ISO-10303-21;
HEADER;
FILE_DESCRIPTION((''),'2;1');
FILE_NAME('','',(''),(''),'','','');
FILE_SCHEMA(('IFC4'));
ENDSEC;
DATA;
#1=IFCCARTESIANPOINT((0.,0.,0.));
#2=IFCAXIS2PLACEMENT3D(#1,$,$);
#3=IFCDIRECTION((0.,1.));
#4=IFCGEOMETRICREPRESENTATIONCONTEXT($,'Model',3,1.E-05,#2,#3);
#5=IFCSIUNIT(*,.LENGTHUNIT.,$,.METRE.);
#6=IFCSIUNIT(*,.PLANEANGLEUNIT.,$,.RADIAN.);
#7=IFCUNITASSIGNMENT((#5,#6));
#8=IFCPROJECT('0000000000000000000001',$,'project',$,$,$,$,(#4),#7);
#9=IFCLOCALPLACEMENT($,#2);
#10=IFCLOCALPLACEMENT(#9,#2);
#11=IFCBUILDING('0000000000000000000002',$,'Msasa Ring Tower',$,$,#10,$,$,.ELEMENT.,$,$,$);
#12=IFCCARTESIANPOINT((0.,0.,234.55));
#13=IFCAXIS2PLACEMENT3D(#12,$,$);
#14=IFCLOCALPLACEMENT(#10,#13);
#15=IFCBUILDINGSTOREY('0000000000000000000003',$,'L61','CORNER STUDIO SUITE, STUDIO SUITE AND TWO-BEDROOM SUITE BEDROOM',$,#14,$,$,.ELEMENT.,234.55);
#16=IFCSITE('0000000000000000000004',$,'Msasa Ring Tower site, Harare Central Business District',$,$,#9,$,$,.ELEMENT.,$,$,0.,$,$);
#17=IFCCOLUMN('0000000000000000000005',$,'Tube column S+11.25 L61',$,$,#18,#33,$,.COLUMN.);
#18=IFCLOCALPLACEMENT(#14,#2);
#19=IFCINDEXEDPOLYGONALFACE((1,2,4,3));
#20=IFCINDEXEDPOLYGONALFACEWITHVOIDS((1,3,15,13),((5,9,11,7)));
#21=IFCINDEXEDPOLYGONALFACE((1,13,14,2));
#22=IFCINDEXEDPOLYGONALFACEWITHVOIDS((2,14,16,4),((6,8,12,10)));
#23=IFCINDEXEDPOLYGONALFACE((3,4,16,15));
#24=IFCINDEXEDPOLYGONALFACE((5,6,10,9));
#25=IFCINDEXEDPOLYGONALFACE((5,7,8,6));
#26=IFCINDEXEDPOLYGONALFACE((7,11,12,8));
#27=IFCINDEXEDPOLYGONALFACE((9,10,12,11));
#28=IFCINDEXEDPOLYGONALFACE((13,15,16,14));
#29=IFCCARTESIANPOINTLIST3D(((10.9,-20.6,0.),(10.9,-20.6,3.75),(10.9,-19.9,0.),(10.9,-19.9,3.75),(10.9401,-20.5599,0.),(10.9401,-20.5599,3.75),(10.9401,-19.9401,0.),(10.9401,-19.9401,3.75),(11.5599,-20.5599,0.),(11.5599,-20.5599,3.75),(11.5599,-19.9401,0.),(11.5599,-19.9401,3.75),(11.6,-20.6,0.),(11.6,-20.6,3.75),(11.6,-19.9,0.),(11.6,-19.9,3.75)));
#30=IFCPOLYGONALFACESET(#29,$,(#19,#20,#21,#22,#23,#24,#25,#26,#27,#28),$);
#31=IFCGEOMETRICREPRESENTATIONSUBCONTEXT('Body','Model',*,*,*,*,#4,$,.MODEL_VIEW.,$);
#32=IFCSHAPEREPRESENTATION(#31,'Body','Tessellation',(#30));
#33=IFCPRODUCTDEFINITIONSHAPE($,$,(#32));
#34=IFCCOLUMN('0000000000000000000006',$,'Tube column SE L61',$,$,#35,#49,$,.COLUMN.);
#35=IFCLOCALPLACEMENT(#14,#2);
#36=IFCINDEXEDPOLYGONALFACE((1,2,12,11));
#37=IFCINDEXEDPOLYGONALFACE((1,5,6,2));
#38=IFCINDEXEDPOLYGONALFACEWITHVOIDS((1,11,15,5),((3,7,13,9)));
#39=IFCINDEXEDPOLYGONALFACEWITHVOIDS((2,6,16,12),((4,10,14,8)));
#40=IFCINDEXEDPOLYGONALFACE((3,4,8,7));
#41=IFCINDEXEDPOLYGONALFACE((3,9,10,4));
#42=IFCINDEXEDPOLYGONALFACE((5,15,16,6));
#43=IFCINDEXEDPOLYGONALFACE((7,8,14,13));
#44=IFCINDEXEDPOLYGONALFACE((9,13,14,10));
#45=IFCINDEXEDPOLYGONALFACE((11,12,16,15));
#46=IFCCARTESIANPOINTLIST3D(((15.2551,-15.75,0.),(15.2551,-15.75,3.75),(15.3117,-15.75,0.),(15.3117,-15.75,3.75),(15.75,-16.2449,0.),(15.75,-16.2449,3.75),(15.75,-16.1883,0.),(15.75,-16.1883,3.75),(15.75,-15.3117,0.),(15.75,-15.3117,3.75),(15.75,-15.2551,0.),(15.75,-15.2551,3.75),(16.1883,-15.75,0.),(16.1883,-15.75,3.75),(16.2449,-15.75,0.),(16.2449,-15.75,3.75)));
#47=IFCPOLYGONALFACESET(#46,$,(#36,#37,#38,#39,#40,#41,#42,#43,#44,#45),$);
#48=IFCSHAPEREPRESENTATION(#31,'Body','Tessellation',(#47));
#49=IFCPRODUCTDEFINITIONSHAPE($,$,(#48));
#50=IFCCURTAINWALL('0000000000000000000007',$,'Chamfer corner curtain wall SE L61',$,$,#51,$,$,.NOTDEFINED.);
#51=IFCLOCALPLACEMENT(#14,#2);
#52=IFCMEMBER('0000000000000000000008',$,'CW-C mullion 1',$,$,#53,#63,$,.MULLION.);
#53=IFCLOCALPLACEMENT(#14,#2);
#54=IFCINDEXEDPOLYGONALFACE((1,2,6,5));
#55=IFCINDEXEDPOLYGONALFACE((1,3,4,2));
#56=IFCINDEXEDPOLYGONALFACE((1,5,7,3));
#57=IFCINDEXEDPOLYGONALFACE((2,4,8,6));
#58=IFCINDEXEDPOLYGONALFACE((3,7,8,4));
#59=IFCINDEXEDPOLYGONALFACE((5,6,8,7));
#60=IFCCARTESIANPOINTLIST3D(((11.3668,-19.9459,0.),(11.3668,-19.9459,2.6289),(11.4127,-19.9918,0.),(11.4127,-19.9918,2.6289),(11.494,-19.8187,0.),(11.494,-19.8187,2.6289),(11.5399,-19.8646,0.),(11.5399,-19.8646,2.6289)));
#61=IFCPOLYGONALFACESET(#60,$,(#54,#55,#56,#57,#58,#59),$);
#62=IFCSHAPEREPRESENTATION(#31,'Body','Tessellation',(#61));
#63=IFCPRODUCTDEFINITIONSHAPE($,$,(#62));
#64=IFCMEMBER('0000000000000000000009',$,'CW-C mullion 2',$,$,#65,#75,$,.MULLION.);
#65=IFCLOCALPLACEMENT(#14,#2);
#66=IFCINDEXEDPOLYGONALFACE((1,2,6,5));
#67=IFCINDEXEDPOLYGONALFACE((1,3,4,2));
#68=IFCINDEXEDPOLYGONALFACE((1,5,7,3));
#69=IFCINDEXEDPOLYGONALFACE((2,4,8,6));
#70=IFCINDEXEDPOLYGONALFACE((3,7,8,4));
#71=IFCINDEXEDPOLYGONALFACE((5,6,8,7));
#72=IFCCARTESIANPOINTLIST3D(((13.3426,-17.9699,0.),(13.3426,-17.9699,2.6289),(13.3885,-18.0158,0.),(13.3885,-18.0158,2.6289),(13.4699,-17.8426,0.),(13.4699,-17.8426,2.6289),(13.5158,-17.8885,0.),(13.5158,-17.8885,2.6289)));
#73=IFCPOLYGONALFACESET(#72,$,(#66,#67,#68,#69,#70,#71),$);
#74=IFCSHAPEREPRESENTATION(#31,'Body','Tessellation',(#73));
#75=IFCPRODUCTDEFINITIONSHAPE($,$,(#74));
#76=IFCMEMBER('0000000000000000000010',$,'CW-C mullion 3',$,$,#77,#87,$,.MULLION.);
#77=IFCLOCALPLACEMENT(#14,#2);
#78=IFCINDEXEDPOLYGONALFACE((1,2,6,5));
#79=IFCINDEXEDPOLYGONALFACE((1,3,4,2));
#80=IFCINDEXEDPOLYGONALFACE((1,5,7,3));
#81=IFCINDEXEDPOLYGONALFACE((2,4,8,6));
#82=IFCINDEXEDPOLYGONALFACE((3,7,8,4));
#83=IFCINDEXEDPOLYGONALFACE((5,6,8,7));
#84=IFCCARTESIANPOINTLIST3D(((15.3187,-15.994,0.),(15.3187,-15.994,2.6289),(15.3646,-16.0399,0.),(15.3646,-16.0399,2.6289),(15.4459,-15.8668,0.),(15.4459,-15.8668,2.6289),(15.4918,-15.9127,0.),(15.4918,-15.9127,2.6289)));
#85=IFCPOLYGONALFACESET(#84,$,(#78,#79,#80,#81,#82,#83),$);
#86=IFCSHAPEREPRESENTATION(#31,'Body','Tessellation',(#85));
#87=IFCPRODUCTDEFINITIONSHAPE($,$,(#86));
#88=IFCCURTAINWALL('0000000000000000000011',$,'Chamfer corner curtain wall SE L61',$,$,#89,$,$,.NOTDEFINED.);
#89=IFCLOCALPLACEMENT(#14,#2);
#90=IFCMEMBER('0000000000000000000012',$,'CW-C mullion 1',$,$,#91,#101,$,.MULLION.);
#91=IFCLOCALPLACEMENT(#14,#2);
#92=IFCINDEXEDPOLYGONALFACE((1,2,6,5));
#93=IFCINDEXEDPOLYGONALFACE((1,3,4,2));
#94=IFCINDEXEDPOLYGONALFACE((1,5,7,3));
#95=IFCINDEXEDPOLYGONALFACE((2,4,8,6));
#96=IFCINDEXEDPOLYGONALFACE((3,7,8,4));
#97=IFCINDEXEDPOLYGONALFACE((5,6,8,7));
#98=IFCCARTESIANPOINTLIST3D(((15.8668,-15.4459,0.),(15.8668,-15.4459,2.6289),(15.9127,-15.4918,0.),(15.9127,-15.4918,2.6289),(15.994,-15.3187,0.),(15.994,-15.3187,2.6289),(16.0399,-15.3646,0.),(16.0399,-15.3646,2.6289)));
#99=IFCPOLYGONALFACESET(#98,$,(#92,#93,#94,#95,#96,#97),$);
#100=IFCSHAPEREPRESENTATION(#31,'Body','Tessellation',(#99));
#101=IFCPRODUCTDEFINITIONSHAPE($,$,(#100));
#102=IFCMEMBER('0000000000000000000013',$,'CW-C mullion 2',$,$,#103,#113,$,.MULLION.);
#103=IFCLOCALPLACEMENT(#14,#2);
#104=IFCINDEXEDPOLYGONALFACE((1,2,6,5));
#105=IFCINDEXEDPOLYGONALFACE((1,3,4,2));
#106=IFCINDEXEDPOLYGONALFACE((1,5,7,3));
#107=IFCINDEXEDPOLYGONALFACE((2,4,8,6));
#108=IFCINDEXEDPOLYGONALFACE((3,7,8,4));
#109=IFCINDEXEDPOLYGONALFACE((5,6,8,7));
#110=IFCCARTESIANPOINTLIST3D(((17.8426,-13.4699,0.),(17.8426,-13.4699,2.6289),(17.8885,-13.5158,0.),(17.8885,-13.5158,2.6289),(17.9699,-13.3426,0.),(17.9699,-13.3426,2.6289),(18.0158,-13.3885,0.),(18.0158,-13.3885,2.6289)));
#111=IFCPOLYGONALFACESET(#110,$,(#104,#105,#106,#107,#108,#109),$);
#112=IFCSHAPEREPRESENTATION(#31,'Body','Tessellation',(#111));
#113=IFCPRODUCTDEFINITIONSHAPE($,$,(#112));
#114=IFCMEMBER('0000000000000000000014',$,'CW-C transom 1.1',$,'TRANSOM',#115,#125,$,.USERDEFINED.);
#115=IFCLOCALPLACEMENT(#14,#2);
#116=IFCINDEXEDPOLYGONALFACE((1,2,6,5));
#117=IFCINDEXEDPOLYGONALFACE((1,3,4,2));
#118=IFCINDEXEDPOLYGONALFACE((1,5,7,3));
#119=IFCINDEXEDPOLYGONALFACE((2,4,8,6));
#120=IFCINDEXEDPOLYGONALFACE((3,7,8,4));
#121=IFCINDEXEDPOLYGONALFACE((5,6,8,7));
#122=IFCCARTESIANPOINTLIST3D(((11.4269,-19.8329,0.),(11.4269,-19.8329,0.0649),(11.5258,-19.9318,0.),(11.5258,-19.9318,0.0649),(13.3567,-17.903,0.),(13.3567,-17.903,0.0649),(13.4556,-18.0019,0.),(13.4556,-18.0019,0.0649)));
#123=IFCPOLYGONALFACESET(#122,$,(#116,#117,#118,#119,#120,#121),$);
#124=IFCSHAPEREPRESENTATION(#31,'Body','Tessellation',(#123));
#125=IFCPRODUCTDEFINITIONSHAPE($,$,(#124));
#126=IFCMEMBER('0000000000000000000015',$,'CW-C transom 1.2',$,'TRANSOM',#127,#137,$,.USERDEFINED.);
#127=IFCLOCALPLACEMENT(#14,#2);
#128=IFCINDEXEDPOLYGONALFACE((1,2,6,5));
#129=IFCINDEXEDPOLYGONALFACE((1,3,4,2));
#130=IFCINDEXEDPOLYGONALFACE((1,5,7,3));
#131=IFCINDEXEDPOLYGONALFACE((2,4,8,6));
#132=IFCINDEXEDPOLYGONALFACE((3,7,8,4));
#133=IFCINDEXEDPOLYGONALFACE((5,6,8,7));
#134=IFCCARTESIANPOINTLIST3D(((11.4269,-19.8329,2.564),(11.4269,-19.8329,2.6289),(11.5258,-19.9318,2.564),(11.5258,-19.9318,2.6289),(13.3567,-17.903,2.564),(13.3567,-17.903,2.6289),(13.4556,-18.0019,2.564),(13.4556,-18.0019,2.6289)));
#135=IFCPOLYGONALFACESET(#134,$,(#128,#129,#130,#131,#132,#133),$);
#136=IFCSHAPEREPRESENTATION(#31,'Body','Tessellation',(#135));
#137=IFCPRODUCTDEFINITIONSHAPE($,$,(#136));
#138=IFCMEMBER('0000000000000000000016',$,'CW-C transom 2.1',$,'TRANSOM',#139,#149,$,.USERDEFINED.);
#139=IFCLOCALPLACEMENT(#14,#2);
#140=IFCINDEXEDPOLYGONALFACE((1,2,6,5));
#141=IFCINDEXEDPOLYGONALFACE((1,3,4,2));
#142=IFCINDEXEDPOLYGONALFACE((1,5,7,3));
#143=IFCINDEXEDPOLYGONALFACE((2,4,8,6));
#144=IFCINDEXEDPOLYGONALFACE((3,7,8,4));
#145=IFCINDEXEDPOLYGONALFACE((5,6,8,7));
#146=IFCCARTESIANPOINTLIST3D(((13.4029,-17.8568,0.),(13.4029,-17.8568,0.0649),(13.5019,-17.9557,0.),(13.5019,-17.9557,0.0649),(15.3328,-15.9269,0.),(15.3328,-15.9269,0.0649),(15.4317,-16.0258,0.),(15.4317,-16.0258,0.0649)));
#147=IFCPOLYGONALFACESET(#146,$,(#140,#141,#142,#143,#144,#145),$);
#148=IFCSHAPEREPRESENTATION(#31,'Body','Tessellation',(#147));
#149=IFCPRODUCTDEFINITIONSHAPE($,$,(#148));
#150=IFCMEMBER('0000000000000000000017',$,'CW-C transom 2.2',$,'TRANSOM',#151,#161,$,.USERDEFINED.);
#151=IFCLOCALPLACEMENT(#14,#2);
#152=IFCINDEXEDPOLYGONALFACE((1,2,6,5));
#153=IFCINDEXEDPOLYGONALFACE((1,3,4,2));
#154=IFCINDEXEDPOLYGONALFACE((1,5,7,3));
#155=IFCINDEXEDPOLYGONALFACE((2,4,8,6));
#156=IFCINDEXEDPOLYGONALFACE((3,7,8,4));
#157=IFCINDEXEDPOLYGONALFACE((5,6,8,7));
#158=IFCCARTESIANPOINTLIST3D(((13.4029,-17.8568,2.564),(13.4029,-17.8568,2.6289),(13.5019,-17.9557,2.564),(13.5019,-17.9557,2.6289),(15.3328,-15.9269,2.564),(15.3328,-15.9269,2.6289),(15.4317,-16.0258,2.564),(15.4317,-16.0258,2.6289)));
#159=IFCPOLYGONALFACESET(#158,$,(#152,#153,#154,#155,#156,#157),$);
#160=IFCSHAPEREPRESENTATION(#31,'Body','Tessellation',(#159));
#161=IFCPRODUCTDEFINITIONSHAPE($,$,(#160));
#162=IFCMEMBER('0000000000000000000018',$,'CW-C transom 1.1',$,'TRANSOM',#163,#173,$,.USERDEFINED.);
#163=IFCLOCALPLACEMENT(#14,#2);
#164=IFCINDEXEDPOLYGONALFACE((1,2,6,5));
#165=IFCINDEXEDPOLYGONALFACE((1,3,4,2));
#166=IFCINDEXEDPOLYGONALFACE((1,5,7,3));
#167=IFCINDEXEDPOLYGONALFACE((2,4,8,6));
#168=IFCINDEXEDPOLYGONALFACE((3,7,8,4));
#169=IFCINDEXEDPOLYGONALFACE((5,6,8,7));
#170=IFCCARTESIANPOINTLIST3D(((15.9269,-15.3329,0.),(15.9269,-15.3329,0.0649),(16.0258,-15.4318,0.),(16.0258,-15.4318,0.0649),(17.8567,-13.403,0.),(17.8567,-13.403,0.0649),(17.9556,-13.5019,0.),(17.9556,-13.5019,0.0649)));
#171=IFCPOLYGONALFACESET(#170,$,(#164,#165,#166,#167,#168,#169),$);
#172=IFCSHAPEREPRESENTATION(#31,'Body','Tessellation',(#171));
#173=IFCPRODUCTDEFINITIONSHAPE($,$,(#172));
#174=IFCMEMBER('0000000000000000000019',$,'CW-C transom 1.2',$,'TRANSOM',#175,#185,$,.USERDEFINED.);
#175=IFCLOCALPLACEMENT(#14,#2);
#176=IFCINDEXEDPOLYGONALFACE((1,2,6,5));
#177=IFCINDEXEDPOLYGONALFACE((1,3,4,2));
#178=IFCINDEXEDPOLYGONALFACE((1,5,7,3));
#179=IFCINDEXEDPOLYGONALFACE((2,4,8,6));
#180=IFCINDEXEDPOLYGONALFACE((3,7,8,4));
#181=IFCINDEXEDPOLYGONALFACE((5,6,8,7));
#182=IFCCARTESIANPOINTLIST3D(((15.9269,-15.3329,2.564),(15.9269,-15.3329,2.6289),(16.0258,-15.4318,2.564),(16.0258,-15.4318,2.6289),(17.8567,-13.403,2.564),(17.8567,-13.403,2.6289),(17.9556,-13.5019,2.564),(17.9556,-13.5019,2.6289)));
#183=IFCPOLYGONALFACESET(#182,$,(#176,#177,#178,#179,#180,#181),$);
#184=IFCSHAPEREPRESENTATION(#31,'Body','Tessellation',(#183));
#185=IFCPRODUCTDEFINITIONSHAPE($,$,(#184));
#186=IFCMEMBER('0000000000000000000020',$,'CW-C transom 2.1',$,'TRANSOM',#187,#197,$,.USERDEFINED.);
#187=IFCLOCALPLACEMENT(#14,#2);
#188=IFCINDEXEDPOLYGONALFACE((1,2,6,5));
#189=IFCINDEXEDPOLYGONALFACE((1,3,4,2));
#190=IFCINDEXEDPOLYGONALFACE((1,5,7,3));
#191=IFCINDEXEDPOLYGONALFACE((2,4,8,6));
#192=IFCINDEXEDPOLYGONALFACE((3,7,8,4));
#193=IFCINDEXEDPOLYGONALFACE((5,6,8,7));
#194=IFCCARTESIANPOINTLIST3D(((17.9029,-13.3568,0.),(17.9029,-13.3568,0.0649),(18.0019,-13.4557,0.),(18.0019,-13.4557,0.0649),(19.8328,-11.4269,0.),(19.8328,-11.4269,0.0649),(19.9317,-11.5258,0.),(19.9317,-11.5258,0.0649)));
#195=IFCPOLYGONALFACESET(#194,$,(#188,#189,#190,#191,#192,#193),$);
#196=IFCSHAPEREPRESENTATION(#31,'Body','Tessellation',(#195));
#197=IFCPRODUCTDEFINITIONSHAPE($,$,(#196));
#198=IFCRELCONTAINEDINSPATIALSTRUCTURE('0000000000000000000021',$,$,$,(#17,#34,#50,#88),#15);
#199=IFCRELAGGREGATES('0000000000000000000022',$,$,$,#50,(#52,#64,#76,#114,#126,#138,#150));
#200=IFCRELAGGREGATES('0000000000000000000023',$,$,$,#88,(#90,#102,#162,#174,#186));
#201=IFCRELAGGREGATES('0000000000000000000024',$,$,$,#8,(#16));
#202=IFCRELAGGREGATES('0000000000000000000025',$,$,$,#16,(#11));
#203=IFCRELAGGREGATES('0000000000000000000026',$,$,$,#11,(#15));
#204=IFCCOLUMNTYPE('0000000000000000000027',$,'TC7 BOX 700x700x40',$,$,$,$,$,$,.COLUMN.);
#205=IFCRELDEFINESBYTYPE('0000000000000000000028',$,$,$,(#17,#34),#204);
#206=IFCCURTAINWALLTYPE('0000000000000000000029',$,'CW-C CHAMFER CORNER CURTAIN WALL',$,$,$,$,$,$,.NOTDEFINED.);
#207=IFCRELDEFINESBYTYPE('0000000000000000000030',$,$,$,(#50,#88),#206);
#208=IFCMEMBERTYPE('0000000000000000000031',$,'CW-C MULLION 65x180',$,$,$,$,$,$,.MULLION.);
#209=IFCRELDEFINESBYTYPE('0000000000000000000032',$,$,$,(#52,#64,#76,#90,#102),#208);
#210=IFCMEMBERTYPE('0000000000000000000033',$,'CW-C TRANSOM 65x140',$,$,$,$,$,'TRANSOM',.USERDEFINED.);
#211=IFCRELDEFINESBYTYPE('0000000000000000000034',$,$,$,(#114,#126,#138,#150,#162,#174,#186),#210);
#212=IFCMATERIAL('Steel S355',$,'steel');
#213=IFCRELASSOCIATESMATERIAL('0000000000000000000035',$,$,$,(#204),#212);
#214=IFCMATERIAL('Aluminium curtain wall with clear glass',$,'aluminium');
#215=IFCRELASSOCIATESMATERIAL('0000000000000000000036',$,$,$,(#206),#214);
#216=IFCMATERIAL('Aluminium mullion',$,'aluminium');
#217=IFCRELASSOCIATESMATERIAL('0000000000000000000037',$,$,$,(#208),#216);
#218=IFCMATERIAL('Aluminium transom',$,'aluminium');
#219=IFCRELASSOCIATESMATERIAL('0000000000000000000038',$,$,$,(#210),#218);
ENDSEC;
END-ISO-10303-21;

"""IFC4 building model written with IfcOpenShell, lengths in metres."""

from ifc_helpers import new_model, si_unit, direction, frame, origin, origin_2d, place, context, subcontext, project, spatial, rectangle, hollow_rectangle, extrude, material, material_profile, profile_set, type_object, element, aggregate, save


model = new_model("IFC4")

# Units and contexts
model_context = context("Model", 3, precision=1e-05, world=origin(), true_north=direction((0.0, 1.0)))
body_context = subcontext(model_context, "Body", "Model", "MODEL_VIEW")
ifc_project = project(units=[si_unit("LENGTHUNIT", "METRE"), si_unit("PLANEANGLEUNIT", "RADIAN")], contexts=[model_context])

# Site, building, storey
site_placement = place(None, origin())
site = spatial("IfcSite", under=ifc_project, at=site_placement, Name="Msasa Ring Tower site, Harare Central Business District", CompositionType="ELEMENT", RefElevation=0.0)
building_placement = place(site_placement, origin())
building = spatial("IfcBuilding", under=site, at=building_placement, Name="Msasa Ring Tower", CompositionType="ELEMENT")
storey_placement = place(building_placement, frame((0.0, 0.0, 234.55)))
storey = spatial("IfcBuildingStorey", under=building, at=storey_placement, Name="L61", Description="CORNER STUDIO SUITE, STUDIO SUITE AND TWO-BEDROOM SUITE BEDROOM", CompositionType="ELEMENT", Elevation=234.55)

# Columns
ifc_material_1 = material(Name="Steel S355", Category="steel")
ifc_material_profile_1 = material_profile(ifc_material_1, hollow_rectangle(XDim=0.7, YDim=0.7, WallThickness=0.04, at=origin_2d()), Name="BOX 700x700x40")
ifc_profile_set_1 = profile_set([ifc_material_profile_1], Name="Steel S355")
column_type = type_object("IfcColumnType", Name="TC7 BOX 700x700x40", PredefinedType="COLUMN", material=ifc_profile_set_1)
for number, where, z_axis, x_axis, name in (
    (1, (11.25, -20.25, 0.0), (0.0, 0.0, 1.0), (0.0, 1.0, 0.0), "Tube column S+11.25 L61"),
    (2, (15.75, -15.75, 0.0), (0.0, 0.0, 1.0), (0.707107, -0.707107, 0.0), "Tube column SE L61"),
):
    element("IfcColumn", number, at=place(storey_placement, frame(where, z_axis=z_axis, x_axis=x_axis)), inside=storey, type_object=column_type, Name=name, PredefinedType="COLUMN", context=body_context, shape_type="SweptSolid", body=[
        extrude(hollow_rectangle(XDim=0.7, YDim=0.7, WallThickness=0.04, at=origin_2d()), origin(), (0.0, 0.0, 1.0), 3.75),
    ])

# Curtain walls, members
ifc_material_2 = material(Name="Aluminium curtain wall with clear glass", Category="aluminium")
curtain_wall_type = type_object("IfcCurtainWallType", Name="CW-C CHAMFER CORNER CURTAIN WALL", PredefinedType="NOTDEFINED", material=ifc_material_2)
curtain_wall_1_placement = place(storey_placement, origin())
curtain_wall_1 = element("IfcCurtainWall", 3, at=curtain_wall_1_placement, inside=storey, type_object=curtain_wall_type, Name="Chamfer corner curtain wall SE L61", PredefinedType="NOTDEFINED")
ifc_material_3 = material(Name="Aluminium mullion", Category="aluminium")
ifc_material_profile_2 = material_profile(ifc_material_3, rectangle(XDim=0.0649, YDim=0.1799, at=origin_2d()), Name="AL 65x180")
ifc_profile_set_2 = profile_set([ifc_material_profile_2], Name="Aluminium mullion")
member_type_1 = type_object("IfcMemberType", Name="CW-C MULLION 65x180", PredefinedType="MULLION", material=ifc_profile_set_2)
member_1_placement = place(storey_placement, frame((11.4534, -19.9053, 0.0), z_axis=(0.0, 0.0, 1.0), x_axis=(-0.707107, 0.707107, 0.0)))
member_1 = element("IfcMember", 4, at=member_1_placement, type_object=member_type_1, Name="CW-C mullion 1", PredefinedType="MULLION", context=body_context, shape_type="SweptSolid", body=[
    extrude(rectangle(XDim=0.0649, YDim=0.1799, at=origin_2d()), origin(), (0.0, 0.0, 1.0), 2.6289),
])
member_2_placement = place(storey_placement, frame((13.4292, -17.9292, 0.0), z_axis=(0.0, 0.0, 1.0), x_axis=(-0.707107, 0.707107, 0.0)))
member_2 = element("IfcMember", 5, at=member_2_placement, type_object=member_type_1, Name="CW-C mullion 2", PredefinedType="MULLION", context=body_context, shape_type="SweptSolid", body=[
    extrude(rectangle(XDim=0.0649, YDim=0.1799, at=origin_2d()), origin(), (0.0, 0.0, 1.0), 2.6289),
])
member_3_placement = place(storey_placement, frame((15.4053, -15.9534, 0.0), z_axis=(0.0, 0.0, 1.0), x_axis=(-0.707107, 0.707107, 0.0)))
member_3 = element("IfcMember", 6, at=member_3_placement, type_object=member_type_1, Name="CW-C mullion 3", PredefinedType="MULLION", context=body_context, shape_type="SweptSolid", body=[
    extrude(rectangle(XDim=0.0649, YDim=0.1799, at=origin_2d()), origin(), (0.0, 0.0, 1.0), 2.6289),
])
curtain_wall_2_placement = place(storey_placement, origin())
curtain_wall_2 = element("IfcCurtainWall", 7, at=curtain_wall_2_placement, inside=storey, type_object=curtain_wall_type, Name="Chamfer corner curtain wall SE L61", PredefinedType="NOTDEFINED")
member_4_placement = place(storey_placement, frame((15.9534, -15.4053, 0.0), z_axis=(0.0, 0.0, 1.0), x_axis=(-0.707107, 0.707107, 0.0)))
member_4 = element("IfcMember", 8, at=member_4_placement, type_object=member_type_1, Name="CW-C mullion 1", PredefinedType="MULLION", context=body_context, shape_type="SweptSolid", body=[
    extrude(rectangle(XDim=0.0649, YDim=0.1799, at=origin_2d()), origin(), (0.0, 0.0, 1.0), 2.6289),
])
member_5_placement = place(storey_placement, frame((17.9292, -13.4292, 0.0), z_axis=(0.0, 0.0, 1.0), x_axis=(-0.707107, 0.707107, 0.0)))
member_5 = element("IfcMember", 9, at=member_5_placement, type_object=member_type_1, Name="CW-C mullion 2", PredefinedType="MULLION", context=body_context, shape_type="SweptSolid", body=[
    extrude(rectangle(XDim=0.0649, YDim=0.1799, at=origin_2d()), origin(), (0.0, 0.0, 1.0), 2.6289),
])

# Members
ifc_material_4 = material(Name="Aluminium transom", Category="aluminium")
ifc_material_profile_3 = material_profile(ifc_material_4, rectangle(XDim=0.1399, YDim=0.0649, at=origin_2d()), Name="AL 65x140")
ifc_profile_set_3 = profile_set([ifc_material_profile_3], Name="Aluminium transom")
member_type_2 = type_object("IfcMemberType", Name="CW-C TRANSOM 65x140", ElementType="TRANSOM", PredefinedType="USERDEFINED", material=ifc_profile_set_3)
member_6_placement = place(storey_placement, frame((11.4763, -19.8823, 0.0325), z_axis=(0.707107, 0.707107, 0.0), x_axis=(-0.707107, 0.707107, 0.0)))
member_6 = element("IfcMember", 10, at=member_6_placement, type_object=member_type_2, Name="CW-C transom 1.1", ObjectType="TRANSOM", PredefinedType="USERDEFINED", context=body_context, shape_type="SweptSolid", body=[
    extrude(rectangle(XDim=0.1399, YDim=0.0649, at=origin_2d()), origin(), (0.0, 0.0, 1.0), 2.7292),
])
member_7_placement = place(storey_placement, frame((11.4763, -19.8823, 2.5964), z_axis=(0.707107, 0.707107, 0.0), x_axis=(-0.707107, 0.707107, 0.0)))
member_7 = element("IfcMember", 11, at=member_7_placement, type_object=member_type_2, Name="CW-C transom 1.2", ObjectType="TRANSOM", PredefinedType="USERDEFINED", context=body_context, shape_type="SweptSolid", body=[
    extrude(rectangle(XDim=0.1399, YDim=0.0649, at=origin_2d()), origin(), (0.0, 0.0, 1.0), 2.7292),
])
member_8_placement = place(storey_placement, frame((13.4524, -17.9062, 0.0325), z_axis=(0.707107, 0.707107, 0.0), x_axis=(-0.707107, 0.707107, 0.0)))
member_8 = element("IfcMember", 12, at=member_8_placement, type_object=member_type_2, Name="CW-C transom 2.1", ObjectType="TRANSOM", PredefinedType="USERDEFINED", context=body_context, shape_type="SweptSolid", body=[
    extrude(rectangle(XDim=0.1399, YDim=0.0649, at=origin_2d()), origin(), (0.0, 0.0, 1.0), 2.7292),
])
member_9_placement = place(storey_placement, frame((13.4524, -17.9062, 2.5964), z_axis=(0.707107, 0.707107, 0.0), x_axis=(-0.707107, 0.707107, 0.0)))
member_9 = element("IfcMember", 13, at=member_9_placement, type_object=member_type_2, Name="CW-C transom 2.2", ObjectType="TRANSOM", PredefinedType="USERDEFINED", context=body_context, shape_type="SweptSolid", body=[
    extrude(rectangle(XDim=0.1399, YDim=0.0649, at=origin_2d()), origin(), (0.0, 0.0, 1.0), 2.7292),
])
member_10_placement = place(storey_placement, frame((15.9763, -15.3823, 0.0325), z_axis=(0.707107, 0.707107, 0.0), x_axis=(-0.707107, 0.707107, 0.0)))
member_10 = element("IfcMember", 14, at=member_10_placement, type_object=member_type_2, Name="CW-C transom 1.1", ObjectType="TRANSOM", PredefinedType="USERDEFINED", context=body_context, shape_type="SweptSolid", body=[
    extrude(rectangle(XDim=0.1399, YDim=0.0649, at=origin_2d()), origin(), (0.0, 0.0, 1.0), 2.7292),
])
member_11_placement = place(storey_placement, frame((15.9763, -15.3823, 2.5964), z_axis=(0.707107, 0.707107, 0.0), x_axis=(-0.707107, 0.707107, 0.0)))
member_11 = element("IfcMember", 15, at=member_11_placement, type_object=member_type_2, Name="CW-C transom 1.2", ObjectType="TRANSOM", PredefinedType="USERDEFINED", context=body_context, shape_type="SweptSolid", body=[
    extrude(rectangle(XDim=0.1399, YDim=0.0649, at=origin_2d()), origin(), (0.0, 0.0, 1.0), 2.7292),
])
member_12_placement = place(storey_placement, frame((17.9524, -13.4062, 0.0325), z_axis=(0.707107, 0.707107, 0.0), x_axis=(-0.707107, 0.707107, 0.0)))
member_12 = element("IfcMember", 16, at=member_12_placement, type_object=member_type_2, Name="CW-C transom 2.1", ObjectType="TRANSOM", PredefinedType="USERDEFINED", context=body_context, shape_type="SweptSolid", body=[
    extrude(rectangle(XDim=0.1399, YDim=0.0649, at=origin_2d()), origin(), (0.0, 0.0, 1.0), 2.7292),
])

aggregate(curtain_wall_1, [member_1, member_2, member_3, member_6, member_7, member_8, member_9])
aggregate(curtain_wall_2, [member_4, member_5, member_10, member_11, member_12])

save(model, "model.ifc")
